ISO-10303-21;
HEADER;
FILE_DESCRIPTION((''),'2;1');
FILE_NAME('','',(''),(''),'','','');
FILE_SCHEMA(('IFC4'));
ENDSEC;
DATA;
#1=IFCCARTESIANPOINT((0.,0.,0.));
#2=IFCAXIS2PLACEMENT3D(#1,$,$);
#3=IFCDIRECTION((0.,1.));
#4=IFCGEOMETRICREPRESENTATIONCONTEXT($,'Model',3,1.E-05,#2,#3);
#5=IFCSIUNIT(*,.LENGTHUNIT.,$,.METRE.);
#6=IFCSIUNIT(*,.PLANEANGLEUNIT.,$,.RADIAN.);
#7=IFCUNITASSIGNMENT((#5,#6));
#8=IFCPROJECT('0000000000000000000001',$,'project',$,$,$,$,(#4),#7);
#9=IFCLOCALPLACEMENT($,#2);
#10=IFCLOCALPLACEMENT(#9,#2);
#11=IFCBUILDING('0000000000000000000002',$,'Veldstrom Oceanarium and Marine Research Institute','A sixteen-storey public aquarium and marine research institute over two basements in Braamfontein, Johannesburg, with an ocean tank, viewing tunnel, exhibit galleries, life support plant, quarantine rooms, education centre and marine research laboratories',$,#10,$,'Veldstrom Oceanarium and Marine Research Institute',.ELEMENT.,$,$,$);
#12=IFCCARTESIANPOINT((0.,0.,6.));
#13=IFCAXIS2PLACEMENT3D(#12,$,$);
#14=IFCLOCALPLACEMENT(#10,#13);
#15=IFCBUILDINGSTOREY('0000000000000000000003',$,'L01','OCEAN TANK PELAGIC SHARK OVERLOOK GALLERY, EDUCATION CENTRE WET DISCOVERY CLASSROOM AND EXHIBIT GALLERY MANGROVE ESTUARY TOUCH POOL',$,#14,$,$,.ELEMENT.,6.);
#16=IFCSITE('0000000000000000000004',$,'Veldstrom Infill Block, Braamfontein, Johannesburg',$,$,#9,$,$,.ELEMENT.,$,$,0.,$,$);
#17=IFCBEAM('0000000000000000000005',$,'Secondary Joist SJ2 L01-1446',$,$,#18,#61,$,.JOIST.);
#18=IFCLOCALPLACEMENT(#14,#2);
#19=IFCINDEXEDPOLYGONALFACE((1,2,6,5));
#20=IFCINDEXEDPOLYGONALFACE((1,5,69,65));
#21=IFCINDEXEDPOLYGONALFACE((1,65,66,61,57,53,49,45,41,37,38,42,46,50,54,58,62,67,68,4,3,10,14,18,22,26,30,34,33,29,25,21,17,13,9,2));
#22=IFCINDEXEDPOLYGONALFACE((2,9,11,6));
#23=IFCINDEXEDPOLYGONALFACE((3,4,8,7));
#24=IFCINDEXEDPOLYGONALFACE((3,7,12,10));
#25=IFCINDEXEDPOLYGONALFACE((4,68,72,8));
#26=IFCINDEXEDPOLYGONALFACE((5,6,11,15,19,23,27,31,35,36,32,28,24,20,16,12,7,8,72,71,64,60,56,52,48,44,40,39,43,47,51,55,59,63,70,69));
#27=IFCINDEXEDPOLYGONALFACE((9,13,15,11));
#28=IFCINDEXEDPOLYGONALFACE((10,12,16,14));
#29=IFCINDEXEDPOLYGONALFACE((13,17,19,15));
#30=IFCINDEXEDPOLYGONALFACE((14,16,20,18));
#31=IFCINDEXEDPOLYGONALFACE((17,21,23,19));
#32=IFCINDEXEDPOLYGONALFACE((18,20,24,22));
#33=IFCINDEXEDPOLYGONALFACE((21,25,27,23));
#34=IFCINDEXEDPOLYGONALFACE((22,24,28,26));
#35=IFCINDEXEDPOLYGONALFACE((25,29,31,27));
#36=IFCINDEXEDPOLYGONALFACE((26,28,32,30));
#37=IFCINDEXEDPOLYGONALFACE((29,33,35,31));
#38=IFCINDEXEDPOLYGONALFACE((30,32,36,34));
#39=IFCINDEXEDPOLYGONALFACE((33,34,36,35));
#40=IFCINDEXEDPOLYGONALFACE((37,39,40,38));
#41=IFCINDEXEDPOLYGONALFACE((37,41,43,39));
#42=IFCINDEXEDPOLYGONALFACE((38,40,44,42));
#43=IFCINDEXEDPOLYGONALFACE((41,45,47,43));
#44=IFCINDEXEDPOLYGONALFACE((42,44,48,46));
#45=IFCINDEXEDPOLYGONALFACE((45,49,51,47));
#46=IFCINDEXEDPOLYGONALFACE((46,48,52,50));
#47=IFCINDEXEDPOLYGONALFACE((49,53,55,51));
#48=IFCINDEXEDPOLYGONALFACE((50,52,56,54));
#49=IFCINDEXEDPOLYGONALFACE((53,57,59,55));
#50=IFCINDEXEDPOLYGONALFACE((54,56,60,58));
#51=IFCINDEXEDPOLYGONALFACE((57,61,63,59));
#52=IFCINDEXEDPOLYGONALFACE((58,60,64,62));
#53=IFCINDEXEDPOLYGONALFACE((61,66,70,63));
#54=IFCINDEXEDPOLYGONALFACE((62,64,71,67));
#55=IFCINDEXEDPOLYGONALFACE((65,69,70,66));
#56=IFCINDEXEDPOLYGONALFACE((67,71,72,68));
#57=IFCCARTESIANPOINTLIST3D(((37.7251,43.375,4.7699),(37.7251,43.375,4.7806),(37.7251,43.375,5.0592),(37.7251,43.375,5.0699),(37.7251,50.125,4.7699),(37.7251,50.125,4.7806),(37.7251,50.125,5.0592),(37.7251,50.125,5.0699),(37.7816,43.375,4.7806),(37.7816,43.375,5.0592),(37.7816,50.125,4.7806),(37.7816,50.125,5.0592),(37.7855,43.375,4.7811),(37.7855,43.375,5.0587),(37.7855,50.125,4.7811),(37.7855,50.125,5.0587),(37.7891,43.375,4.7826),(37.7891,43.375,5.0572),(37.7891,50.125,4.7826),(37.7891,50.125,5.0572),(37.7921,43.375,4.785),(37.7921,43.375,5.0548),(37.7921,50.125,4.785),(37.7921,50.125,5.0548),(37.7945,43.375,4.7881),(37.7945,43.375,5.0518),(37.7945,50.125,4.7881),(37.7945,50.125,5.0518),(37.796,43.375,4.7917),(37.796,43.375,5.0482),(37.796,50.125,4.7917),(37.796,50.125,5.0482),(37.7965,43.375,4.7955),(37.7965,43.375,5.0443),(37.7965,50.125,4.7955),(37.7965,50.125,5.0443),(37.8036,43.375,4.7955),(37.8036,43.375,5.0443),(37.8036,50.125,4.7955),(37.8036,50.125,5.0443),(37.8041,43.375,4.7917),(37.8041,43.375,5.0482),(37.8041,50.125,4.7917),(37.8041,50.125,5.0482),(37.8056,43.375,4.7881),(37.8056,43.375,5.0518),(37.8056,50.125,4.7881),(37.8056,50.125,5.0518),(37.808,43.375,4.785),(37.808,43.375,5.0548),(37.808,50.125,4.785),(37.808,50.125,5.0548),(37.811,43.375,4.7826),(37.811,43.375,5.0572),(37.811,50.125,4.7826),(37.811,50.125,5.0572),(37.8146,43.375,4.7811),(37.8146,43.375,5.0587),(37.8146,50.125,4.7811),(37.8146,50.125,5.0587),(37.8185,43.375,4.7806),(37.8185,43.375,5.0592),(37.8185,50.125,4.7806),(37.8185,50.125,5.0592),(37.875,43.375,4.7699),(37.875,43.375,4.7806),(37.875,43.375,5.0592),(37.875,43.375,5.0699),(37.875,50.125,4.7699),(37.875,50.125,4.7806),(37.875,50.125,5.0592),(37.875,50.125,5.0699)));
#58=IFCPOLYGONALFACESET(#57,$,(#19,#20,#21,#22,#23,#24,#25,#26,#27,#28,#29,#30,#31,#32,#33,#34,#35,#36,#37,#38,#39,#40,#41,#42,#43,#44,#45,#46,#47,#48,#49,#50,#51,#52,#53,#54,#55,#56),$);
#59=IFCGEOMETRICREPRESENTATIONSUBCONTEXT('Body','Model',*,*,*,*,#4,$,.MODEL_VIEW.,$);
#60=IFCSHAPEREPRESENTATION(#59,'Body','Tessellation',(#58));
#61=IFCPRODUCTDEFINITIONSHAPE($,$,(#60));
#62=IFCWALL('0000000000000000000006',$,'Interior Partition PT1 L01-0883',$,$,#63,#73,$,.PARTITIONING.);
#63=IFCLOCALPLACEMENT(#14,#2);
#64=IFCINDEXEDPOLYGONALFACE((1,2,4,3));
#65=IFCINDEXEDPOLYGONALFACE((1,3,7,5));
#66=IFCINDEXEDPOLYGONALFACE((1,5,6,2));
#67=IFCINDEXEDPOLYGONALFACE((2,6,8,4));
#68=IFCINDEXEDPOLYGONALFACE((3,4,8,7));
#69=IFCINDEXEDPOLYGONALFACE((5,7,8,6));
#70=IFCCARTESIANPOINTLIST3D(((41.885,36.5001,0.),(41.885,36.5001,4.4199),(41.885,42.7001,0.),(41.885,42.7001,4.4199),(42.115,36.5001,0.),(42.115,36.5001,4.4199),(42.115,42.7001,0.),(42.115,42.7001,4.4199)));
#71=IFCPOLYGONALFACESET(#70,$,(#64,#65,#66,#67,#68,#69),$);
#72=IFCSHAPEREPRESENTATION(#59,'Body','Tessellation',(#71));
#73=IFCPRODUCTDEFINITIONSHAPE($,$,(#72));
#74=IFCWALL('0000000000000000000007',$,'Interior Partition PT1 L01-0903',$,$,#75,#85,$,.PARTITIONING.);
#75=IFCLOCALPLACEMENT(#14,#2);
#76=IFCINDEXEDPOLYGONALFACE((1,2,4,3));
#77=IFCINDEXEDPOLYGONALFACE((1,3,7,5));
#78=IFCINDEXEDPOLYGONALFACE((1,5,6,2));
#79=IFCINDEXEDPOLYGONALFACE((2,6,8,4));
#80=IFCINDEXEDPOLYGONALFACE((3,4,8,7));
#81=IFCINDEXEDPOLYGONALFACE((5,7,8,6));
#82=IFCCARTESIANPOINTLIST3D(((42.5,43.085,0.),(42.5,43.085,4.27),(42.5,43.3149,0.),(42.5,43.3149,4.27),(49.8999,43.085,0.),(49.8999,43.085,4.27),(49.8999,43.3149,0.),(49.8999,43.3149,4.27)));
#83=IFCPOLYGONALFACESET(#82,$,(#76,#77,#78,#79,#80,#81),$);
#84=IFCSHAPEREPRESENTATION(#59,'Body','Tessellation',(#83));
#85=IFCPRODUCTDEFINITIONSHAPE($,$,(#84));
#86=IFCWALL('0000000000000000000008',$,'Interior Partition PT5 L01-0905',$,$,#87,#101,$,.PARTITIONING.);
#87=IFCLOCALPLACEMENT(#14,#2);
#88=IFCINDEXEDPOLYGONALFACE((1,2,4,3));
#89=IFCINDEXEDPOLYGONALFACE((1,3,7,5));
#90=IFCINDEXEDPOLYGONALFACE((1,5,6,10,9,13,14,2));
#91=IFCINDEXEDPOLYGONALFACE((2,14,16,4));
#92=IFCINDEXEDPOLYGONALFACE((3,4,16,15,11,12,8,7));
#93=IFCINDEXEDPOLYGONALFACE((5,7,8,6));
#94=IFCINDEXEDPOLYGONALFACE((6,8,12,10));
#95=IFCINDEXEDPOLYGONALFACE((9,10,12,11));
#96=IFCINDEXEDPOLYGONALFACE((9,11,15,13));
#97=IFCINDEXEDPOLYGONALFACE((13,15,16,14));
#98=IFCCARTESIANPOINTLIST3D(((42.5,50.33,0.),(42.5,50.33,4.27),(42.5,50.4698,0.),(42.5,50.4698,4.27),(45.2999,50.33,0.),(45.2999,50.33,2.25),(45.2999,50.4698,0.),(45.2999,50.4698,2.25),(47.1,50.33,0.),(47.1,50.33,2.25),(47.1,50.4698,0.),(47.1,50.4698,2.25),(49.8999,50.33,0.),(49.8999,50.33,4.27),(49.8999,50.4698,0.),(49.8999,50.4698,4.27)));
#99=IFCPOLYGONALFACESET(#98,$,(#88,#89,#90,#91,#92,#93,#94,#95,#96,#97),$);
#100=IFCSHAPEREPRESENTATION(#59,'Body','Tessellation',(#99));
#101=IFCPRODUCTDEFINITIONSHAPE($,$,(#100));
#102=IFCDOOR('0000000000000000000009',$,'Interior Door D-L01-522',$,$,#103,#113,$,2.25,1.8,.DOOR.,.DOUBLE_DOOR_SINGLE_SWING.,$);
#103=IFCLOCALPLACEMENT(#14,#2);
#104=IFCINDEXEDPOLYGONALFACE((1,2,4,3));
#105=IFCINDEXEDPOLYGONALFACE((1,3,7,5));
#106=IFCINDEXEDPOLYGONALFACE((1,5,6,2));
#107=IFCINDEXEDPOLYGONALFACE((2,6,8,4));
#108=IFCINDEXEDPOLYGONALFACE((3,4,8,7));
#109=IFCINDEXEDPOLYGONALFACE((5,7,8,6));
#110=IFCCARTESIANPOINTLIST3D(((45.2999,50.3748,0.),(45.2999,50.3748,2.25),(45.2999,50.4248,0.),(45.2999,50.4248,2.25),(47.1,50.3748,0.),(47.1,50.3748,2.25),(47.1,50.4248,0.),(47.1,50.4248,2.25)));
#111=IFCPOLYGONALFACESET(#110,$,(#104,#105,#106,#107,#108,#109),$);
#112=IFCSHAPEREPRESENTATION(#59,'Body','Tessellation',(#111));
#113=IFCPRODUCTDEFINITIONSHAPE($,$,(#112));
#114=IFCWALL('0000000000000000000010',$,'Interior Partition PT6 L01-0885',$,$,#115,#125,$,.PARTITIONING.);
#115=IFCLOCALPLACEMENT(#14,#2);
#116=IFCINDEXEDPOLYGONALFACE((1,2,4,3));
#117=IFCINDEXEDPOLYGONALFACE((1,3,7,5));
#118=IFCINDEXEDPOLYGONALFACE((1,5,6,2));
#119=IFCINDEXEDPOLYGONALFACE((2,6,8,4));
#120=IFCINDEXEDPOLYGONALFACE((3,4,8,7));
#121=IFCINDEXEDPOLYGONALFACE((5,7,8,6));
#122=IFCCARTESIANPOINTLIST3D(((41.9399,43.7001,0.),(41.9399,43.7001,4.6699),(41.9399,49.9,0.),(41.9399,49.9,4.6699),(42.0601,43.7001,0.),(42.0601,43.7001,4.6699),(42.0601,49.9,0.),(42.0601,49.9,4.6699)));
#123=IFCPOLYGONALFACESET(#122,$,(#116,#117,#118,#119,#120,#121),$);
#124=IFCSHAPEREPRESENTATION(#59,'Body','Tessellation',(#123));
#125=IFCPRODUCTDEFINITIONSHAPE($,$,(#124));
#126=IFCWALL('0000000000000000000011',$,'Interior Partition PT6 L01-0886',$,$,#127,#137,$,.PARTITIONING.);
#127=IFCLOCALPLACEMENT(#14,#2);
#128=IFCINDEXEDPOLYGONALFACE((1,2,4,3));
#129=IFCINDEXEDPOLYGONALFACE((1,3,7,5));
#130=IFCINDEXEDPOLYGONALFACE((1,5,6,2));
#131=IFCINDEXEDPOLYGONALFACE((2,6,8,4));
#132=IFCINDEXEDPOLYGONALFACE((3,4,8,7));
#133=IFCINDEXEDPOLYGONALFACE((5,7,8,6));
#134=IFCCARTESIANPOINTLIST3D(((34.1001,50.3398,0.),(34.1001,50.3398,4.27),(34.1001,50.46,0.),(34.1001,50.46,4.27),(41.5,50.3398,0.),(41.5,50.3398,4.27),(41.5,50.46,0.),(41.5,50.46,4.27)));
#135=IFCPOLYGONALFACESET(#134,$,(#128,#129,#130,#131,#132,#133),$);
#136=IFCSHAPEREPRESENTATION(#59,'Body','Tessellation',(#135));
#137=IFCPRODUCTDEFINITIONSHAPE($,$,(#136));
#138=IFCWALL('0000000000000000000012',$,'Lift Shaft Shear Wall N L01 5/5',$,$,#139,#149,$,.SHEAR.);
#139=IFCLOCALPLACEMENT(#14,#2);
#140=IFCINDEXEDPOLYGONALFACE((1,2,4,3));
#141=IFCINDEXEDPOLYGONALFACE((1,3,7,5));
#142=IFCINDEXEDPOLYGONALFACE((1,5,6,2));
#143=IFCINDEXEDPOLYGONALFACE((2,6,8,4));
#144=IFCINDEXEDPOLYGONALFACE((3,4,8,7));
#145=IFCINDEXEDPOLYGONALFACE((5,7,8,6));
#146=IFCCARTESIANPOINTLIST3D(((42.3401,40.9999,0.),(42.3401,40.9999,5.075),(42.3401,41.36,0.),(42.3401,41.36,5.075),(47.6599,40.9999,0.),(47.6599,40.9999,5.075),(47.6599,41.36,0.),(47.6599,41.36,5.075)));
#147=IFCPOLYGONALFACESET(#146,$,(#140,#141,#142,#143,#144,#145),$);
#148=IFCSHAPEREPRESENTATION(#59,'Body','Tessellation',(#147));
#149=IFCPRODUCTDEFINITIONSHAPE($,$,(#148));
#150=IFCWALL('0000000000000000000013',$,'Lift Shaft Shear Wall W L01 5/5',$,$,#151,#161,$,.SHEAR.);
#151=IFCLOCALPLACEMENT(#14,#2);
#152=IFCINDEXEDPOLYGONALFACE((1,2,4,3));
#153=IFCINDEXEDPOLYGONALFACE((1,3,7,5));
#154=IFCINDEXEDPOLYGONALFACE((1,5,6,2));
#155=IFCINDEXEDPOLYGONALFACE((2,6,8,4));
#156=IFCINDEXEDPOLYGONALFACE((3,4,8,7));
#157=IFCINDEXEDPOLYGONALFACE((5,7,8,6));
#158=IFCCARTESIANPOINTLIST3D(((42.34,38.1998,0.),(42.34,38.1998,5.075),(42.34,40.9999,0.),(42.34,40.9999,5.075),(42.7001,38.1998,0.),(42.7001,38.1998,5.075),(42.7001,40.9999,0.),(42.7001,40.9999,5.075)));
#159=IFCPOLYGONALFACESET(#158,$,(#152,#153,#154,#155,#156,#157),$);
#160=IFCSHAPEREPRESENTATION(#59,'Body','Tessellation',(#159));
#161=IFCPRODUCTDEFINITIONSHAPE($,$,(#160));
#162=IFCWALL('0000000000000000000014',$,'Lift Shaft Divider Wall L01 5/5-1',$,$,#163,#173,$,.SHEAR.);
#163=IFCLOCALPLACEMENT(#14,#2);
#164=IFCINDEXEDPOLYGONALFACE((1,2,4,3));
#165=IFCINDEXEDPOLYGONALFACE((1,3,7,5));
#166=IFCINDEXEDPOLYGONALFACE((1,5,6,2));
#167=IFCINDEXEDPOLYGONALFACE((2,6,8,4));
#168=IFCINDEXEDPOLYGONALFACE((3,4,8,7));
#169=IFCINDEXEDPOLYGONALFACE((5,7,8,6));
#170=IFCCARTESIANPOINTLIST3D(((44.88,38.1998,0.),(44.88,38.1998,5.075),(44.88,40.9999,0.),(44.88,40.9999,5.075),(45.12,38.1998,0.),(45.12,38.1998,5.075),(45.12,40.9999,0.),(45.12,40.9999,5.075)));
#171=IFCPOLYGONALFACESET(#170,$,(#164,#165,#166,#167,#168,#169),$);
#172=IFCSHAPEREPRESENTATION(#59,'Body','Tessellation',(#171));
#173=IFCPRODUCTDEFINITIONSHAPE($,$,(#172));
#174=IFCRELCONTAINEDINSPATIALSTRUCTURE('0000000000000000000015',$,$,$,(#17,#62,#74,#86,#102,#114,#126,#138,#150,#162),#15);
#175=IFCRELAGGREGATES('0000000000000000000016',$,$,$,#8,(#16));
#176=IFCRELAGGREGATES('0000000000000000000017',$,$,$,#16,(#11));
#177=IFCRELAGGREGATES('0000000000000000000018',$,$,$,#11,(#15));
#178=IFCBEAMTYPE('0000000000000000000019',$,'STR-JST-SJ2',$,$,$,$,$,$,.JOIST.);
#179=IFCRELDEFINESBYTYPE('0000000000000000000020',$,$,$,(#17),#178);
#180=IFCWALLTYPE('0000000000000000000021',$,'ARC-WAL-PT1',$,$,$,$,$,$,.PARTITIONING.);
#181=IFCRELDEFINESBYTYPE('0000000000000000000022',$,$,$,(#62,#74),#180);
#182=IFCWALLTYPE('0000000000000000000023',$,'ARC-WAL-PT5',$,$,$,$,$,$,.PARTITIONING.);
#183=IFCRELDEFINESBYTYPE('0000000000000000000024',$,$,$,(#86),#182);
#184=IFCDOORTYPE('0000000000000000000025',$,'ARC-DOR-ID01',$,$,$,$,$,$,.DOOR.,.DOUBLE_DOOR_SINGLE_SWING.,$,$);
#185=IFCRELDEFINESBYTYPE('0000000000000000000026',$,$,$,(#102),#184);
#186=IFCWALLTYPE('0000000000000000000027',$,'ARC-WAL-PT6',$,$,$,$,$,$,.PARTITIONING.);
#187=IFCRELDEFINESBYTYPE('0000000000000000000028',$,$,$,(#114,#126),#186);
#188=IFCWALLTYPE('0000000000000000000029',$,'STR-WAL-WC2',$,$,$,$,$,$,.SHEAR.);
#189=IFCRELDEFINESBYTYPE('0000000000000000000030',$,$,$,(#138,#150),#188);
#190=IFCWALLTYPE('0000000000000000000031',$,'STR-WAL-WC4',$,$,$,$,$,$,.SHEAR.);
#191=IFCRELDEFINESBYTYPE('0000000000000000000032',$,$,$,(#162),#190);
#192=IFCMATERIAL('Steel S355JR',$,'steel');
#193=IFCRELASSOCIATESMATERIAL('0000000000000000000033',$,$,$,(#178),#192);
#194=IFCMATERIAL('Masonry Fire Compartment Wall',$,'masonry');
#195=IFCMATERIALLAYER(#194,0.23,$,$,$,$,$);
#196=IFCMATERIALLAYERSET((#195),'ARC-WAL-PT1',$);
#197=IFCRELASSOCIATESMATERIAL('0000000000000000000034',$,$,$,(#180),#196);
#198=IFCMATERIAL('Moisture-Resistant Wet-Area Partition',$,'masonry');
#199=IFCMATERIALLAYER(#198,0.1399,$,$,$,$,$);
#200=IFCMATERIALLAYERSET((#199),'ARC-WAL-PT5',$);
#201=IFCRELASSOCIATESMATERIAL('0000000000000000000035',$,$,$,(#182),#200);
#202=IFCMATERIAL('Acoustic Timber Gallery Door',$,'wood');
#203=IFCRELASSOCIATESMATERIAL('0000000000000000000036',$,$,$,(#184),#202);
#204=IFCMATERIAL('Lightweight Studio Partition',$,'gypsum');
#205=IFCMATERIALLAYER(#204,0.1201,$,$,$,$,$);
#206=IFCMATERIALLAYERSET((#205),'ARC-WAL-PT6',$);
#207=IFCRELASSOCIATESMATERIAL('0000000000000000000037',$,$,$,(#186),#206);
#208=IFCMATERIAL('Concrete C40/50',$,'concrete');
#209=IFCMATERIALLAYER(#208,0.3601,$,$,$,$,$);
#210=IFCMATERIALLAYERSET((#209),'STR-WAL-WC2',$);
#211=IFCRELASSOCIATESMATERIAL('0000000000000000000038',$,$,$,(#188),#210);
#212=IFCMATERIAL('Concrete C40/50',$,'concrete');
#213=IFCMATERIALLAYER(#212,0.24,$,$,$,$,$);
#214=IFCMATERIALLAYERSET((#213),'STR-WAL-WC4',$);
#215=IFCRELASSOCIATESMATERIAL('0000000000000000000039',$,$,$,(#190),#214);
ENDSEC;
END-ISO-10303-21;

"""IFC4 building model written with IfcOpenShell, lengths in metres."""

from ifc_helpers import new_model, si_unit, direction, frame, frame_2d, origin, origin_2d, place, context, subcontext, project, spatial, rectangle, i_section, extrude, material, layer, layer_set, material_profile, profile_set, type_object, element, fill, save


model = new_model("IFC4")

# Units and contexts
model_context = context("Model", 3, precision=1e-05, world=origin(), true_north=direction((0.0, 1.0)))
body_context = subcontext(model_context, "Body", "Model", "MODEL_VIEW")
ifc_project = project(units=[si_unit("LENGTHUNIT", "METRE"), si_unit("PLANEANGLEUNIT", "RADIAN")], contexts=[model_context])

# Site, building, storey
site_placement = place(None, origin())
site = spatial("IfcSite", under=ifc_project, at=site_placement, Name="Veldstrom Infill Block, Braamfontein, Johannesburg", CompositionType="ELEMENT", RefElevation=0.0)
building_placement = place(site_placement, origin())
building = spatial("IfcBuilding", under=site, at=building_placement, Name="Veldstrom Oceanarium and Marine Research Institute", Description="A sixteen-storey public aquarium and marine research institute over two basements in Braamfontein, Johannesburg, with an ocean tank, viewing tunnel, exhibit galleries, life support plant, quarantine rooms, education centre and marine research laboratories", LongName="Veldstrom Oceanarium and Marine Research Institute", CompositionType="ELEMENT")
storey_placement = place(building_placement, frame((0.0, 0.0, 6.0)))
storey = spatial("IfcBuildingStorey", under=building, at=storey_placement, Name="L01", Description="OCEAN TANK PELAGIC SHARK OVERLOOK GALLERY, EDUCATION CENTRE WET DISCOVERY CLASSROOM AND EXHIBIT GALLERY MANGROVE ESTUARY TOUCH POOL", CompositionType="ELEMENT", Elevation=6.0)

# Beam
ifc_material_1 = material(Name="Steel S355JR", Category="steel")
ifc_material_profile_1 = material_profile(ifc_material_1, i_section(OverallWidth=0.1499, OverallDepth=0.3, WebThickness=0.0071, FlangeThickness=0.0107, FilletRadius=0.0149, at=origin_2d()), Name="IPE 300")
ifc_profile_set_1 = profile_set([ifc_material_profile_1], Name="Steel S355JR")
beam_type_1 = type_object("IfcBeamType", Name="STR-JST-SJ2", PredefinedType="JOIST", material=ifc_profile_set_1)
beam_1_placement = place(storey_placement, frame((37.8, 43.375, 4.9199), z_axis=(0.0, 1.0, 0.0), x_axis=(-1.0, 0.0, 0.0)))
element("IfcBeam", 1, at=beam_1_placement, inside=storey, type_object=beam_type_1, Name="Secondary Joist SJ2 L01-1446", PredefinedType="JOIST", context=body_context, shape_type="SweptSolid", body=[
    extrude(i_section(OverallWidth=0.1499, OverallDepth=0.3, WebThickness=0.0071, FlangeThickness=0.0107, FilletRadius=0.0149, at=origin_2d()), origin(), (0.0, 0.0, 1.0), 6.75),
])

# Walls
ifc_material_2 = material(Name="Masonry Fire Compartment Wall", Category="masonry")
ifc_layer_1 = layer(ifc_material_2, 0.23)
ifc_layer_set_1 = layer_set([ifc_layer_1], Name="ARC-WAL-PT1")
wall_type_1 = type_object("IfcWallType", Name="ARC-WAL-PT1", PredefinedType="PARTITIONING", material=ifc_layer_set_1)
wall_1_placement = place(storey_placement, frame((42.0, 36.5, 0.0), z_axis=(0.0, 0.0, 1.0), x_axis=(0.0, 1.0, 0.0)))
element("IfcWall", 2, at=wall_1_placement, inside=storey, type_object=wall_type_1, Name="Interior Partition PT1 L01-0883", PredefinedType="PARTITIONING", context=body_context, shape_type="SweptSolid", body=[
    extrude(rectangle(XDim=6.2, YDim=0.23, at=frame_2d((3.1001, 0.0))), origin(), (0.0, 0.0, 1.0), 4.4199),
])
wall_2_placement = place(storey_placement, frame((42.5, 43.2, 0.0), z_axis=(0.0, 0.0, 1.0), x_axis=(1.0, 0.0, 0.0)))
element("IfcWall", 3, at=wall_2_placement, inside=storey, type_object=wall_type_1, Name="Interior Partition PT1 L01-0903", PredefinedType="PARTITIONING", context=body_context, shape_type="SweptSolid", body=[
    extrude(rectangle(XDim=7.3999, YDim=0.23, at=frame_2d((3.7, 0.0))), origin(), (0.0, 0.0, 1.0), 4.27),
])

# Wall, opening, door
ifc_material_3 = material(Name="Moisture-Resistant Wet-Area Partition", Category="masonry")
ifc_layer_2 = layer(ifc_material_3, 0.1399)
ifc_layer_set_2 = layer_set([ifc_layer_2], Name="ARC-WAL-PT5")
wall_type_2 = type_object("IfcWallType", Name="ARC-WAL-PT5", PredefinedType="PARTITIONING", material=ifc_layer_set_2)
wall_3_placement = place(storey_placement, frame((42.5, 50.3999, 0.0), z_axis=(0.0, 0.0, 1.0), x_axis=(1.0, 0.0, 0.0)))
wall_3 = element("IfcWall", 4, at=wall_3_placement, inside=storey, type_object=wall_type_2, Name="Interior Partition PT5 L01-0905", PredefinedType="PARTITIONING", context=body_context, shape_type="SweptSolid", body=[
    extrude(rectangle(XDim=7.3999, YDim=0.1399, at=frame_2d((3.7, 0.0))), origin(), (0.0, 0.0, 1.0), 4.27),
])
opening_1_placement = place(wall_3_placement, frame((2.8, 0.0, 0.0)))
opening_1 = element("IfcOpeningElement", 5, at=opening_1_placement, cuts=wall_3, PredefinedType="OPENING", context=body_context, shape_type="SweptSolid", body=[
    extrude(rectangle(XDim=1.8, YDim=2.25, at=frame_2d((0.8999, 1.125))), frame((0.0, 0.0798, 0.0), z_axis=(0.0, -1.0, 0.0), x_axis=(1.0, 0.0, 0.0)), (0.0, 0.0, 1.0), 0.1599),
])
ifc_material_4 = material(Name="Acoustic Timber Gallery Door", Category="wood")
door_type_1 = type_object("IfcDoorType", Name="ARC-DOR-ID01", OperationType="DOUBLE_DOOR_SINGLE_SWING", PredefinedType="DOOR", material=ifc_material_4)
door_1_placement = place(opening_1_placement, origin())
door_1 = element("IfcDoor", 6, at=door_1_placement, inside=storey, type_object=door_type_1, Name="Interior Door D-L01-522", OperationType="DOUBLE_DOOR_SINGLE_SWING", OverallHeight=2.25, OverallWidth=1.8, PredefinedType="DOOR", context=body_context, shape_type="SweptSolid", body=[
    extrude(rectangle(XDim=1.8, YDim=2.25, at=frame_2d((0.8999, 1.125))), frame((0.0, 0.0249, 0.0), z_axis=(0.0, -1.0, 0.0), x_axis=(1.0, 0.0, 0.0)), (0.0, 0.0, 1.0), 0.05),
])
fill(opening_1, door_1)

# Walls
ifc_material_5 = material(Name="Lightweight Studio Partition", Category="gypsum")
ifc_layer_3 = layer(ifc_material_5, 0.1201)
ifc_layer_set_3 = layer_set([ifc_layer_3], Name="ARC-WAL-PT6")
wall_type_3 = type_object("IfcWallType", Name="ARC-WAL-PT6", PredefinedType="PARTITIONING", material=ifc_layer_set_3)
wall_4_placement = place(storey_placement, frame((42.0, 43.7, 0.0), z_axis=(0.0, 0.0, 1.0), x_axis=(0.0, 1.0, 0.0)))
element("IfcWall", 7, at=wall_4_placement, inside=storey, type_object=wall_type_3, Name="Interior Partition PT6 L01-0885", PredefinedType="PARTITIONING", context=body_context, shape_type="SweptSolid", body=[
    extrude(rectangle(XDim=6.2, YDim=0.1201, at=frame_2d((3.1001, 0.0))), origin(), (0.0, 0.0, 1.0), 4.6699),
])
wall_5_placement = place(storey_placement, frame((34.1001, 50.3999, 0.0), z_axis=(0.0, 0.0, 1.0), x_axis=(1.0, 0.0, 0.0)))
element("IfcWall", 8, at=wall_5_placement, inside=storey, type_object=wall_type_3, Name="Interior Partition PT6 L01-0886", PredefinedType="PARTITIONING", context=body_context, shape_type="SweptSolid", body=[
    extrude(rectangle(XDim=7.3999, YDim=0.1201, at=frame_2d((3.7, 0.0))), origin(), (0.0, 0.0, 1.0), 4.27),
])
ifc_material_6 = material(Name="Concrete C40/50", Category="concrete")
ifc_layer_4 = layer(ifc_material_6, 0.3601)
ifc_layer_set_4 = layer_set([ifc_layer_4], Name="STR-WAL-WC2")
wall_type_4 = type_object("IfcWallType", Name="STR-WAL-WC2", PredefinedType="SHEAR", material=ifc_layer_set_4)
wall_6_placement = place(storey_placement, frame((42.3401, 41.1799, 0.0), z_axis=(0.0, 0.0, 1.0), x_axis=(1.0, 0.0, 0.0)))
element("IfcWall", 9, at=wall_6_placement, inside=storey, type_object=wall_type_4, Name="Lift Shaft Shear Wall N L01 5/5", PredefinedType="SHEAR", context=body_context, shape_type="SweptSolid", body=[
    extrude(rectangle(XDim=5.3198, YDim=0.3601, at=frame_2d((2.6599, 0.0))), origin(), (0.0, 0.0, 1.0), 5.075),
])

# Walls
wall_7_placement = place(storey_placement, frame((42.52, 38.2, 0.0), z_axis=(0.0, 0.0, 1.0), x_axis=(0.0, 1.0, 0.0)))
element("IfcWall", 10, at=wall_7_placement, inside=storey, type_object=wall_type_4, Name="Lift Shaft Shear Wall W L01 5/5", PredefinedType="SHEAR", context=body_context, shape_type="SweptSolid", body=[
    extrude(rectangle(XDim=2.8, YDim=0.3601, at=frame_2d((1.3999, 0.0))), origin(), (0.0, 0.0, 1.0), 5.075),
])
ifc_material_7 = material(Name="Concrete C40/50", Category="concrete")
ifc_layer_5 = layer(ifc_material_7, 0.24)
ifc_layer_set_5 = layer_set([ifc_layer_5], Name="STR-WAL-WC4")
wall_type_5 = type_object("IfcWallType", Name="STR-WAL-WC4", PredefinedType="SHEAR", material=ifc_layer_set_5)
wall_8_placement = place(storey_placement, frame((45.0, 38.2, 0.0), z_axis=(0.0, 0.0, 1.0), x_axis=(0.0, 1.0, 0.0)))
element("IfcWall", 11, at=wall_8_placement, inside=storey, type_object=wall_type_5, Name="Lift Shaft Divider Wall L01 5/5-1", PredefinedType="SHEAR", context=body_context, shape_type="SweptSolid", body=[
    extrude(rectangle(XDim=2.8, YDim=0.24, at=frame_2d((1.3999, 0.0))), origin(), (0.0, 0.0, 1.0), 5.075),
])

save(model, "model.ifc")
